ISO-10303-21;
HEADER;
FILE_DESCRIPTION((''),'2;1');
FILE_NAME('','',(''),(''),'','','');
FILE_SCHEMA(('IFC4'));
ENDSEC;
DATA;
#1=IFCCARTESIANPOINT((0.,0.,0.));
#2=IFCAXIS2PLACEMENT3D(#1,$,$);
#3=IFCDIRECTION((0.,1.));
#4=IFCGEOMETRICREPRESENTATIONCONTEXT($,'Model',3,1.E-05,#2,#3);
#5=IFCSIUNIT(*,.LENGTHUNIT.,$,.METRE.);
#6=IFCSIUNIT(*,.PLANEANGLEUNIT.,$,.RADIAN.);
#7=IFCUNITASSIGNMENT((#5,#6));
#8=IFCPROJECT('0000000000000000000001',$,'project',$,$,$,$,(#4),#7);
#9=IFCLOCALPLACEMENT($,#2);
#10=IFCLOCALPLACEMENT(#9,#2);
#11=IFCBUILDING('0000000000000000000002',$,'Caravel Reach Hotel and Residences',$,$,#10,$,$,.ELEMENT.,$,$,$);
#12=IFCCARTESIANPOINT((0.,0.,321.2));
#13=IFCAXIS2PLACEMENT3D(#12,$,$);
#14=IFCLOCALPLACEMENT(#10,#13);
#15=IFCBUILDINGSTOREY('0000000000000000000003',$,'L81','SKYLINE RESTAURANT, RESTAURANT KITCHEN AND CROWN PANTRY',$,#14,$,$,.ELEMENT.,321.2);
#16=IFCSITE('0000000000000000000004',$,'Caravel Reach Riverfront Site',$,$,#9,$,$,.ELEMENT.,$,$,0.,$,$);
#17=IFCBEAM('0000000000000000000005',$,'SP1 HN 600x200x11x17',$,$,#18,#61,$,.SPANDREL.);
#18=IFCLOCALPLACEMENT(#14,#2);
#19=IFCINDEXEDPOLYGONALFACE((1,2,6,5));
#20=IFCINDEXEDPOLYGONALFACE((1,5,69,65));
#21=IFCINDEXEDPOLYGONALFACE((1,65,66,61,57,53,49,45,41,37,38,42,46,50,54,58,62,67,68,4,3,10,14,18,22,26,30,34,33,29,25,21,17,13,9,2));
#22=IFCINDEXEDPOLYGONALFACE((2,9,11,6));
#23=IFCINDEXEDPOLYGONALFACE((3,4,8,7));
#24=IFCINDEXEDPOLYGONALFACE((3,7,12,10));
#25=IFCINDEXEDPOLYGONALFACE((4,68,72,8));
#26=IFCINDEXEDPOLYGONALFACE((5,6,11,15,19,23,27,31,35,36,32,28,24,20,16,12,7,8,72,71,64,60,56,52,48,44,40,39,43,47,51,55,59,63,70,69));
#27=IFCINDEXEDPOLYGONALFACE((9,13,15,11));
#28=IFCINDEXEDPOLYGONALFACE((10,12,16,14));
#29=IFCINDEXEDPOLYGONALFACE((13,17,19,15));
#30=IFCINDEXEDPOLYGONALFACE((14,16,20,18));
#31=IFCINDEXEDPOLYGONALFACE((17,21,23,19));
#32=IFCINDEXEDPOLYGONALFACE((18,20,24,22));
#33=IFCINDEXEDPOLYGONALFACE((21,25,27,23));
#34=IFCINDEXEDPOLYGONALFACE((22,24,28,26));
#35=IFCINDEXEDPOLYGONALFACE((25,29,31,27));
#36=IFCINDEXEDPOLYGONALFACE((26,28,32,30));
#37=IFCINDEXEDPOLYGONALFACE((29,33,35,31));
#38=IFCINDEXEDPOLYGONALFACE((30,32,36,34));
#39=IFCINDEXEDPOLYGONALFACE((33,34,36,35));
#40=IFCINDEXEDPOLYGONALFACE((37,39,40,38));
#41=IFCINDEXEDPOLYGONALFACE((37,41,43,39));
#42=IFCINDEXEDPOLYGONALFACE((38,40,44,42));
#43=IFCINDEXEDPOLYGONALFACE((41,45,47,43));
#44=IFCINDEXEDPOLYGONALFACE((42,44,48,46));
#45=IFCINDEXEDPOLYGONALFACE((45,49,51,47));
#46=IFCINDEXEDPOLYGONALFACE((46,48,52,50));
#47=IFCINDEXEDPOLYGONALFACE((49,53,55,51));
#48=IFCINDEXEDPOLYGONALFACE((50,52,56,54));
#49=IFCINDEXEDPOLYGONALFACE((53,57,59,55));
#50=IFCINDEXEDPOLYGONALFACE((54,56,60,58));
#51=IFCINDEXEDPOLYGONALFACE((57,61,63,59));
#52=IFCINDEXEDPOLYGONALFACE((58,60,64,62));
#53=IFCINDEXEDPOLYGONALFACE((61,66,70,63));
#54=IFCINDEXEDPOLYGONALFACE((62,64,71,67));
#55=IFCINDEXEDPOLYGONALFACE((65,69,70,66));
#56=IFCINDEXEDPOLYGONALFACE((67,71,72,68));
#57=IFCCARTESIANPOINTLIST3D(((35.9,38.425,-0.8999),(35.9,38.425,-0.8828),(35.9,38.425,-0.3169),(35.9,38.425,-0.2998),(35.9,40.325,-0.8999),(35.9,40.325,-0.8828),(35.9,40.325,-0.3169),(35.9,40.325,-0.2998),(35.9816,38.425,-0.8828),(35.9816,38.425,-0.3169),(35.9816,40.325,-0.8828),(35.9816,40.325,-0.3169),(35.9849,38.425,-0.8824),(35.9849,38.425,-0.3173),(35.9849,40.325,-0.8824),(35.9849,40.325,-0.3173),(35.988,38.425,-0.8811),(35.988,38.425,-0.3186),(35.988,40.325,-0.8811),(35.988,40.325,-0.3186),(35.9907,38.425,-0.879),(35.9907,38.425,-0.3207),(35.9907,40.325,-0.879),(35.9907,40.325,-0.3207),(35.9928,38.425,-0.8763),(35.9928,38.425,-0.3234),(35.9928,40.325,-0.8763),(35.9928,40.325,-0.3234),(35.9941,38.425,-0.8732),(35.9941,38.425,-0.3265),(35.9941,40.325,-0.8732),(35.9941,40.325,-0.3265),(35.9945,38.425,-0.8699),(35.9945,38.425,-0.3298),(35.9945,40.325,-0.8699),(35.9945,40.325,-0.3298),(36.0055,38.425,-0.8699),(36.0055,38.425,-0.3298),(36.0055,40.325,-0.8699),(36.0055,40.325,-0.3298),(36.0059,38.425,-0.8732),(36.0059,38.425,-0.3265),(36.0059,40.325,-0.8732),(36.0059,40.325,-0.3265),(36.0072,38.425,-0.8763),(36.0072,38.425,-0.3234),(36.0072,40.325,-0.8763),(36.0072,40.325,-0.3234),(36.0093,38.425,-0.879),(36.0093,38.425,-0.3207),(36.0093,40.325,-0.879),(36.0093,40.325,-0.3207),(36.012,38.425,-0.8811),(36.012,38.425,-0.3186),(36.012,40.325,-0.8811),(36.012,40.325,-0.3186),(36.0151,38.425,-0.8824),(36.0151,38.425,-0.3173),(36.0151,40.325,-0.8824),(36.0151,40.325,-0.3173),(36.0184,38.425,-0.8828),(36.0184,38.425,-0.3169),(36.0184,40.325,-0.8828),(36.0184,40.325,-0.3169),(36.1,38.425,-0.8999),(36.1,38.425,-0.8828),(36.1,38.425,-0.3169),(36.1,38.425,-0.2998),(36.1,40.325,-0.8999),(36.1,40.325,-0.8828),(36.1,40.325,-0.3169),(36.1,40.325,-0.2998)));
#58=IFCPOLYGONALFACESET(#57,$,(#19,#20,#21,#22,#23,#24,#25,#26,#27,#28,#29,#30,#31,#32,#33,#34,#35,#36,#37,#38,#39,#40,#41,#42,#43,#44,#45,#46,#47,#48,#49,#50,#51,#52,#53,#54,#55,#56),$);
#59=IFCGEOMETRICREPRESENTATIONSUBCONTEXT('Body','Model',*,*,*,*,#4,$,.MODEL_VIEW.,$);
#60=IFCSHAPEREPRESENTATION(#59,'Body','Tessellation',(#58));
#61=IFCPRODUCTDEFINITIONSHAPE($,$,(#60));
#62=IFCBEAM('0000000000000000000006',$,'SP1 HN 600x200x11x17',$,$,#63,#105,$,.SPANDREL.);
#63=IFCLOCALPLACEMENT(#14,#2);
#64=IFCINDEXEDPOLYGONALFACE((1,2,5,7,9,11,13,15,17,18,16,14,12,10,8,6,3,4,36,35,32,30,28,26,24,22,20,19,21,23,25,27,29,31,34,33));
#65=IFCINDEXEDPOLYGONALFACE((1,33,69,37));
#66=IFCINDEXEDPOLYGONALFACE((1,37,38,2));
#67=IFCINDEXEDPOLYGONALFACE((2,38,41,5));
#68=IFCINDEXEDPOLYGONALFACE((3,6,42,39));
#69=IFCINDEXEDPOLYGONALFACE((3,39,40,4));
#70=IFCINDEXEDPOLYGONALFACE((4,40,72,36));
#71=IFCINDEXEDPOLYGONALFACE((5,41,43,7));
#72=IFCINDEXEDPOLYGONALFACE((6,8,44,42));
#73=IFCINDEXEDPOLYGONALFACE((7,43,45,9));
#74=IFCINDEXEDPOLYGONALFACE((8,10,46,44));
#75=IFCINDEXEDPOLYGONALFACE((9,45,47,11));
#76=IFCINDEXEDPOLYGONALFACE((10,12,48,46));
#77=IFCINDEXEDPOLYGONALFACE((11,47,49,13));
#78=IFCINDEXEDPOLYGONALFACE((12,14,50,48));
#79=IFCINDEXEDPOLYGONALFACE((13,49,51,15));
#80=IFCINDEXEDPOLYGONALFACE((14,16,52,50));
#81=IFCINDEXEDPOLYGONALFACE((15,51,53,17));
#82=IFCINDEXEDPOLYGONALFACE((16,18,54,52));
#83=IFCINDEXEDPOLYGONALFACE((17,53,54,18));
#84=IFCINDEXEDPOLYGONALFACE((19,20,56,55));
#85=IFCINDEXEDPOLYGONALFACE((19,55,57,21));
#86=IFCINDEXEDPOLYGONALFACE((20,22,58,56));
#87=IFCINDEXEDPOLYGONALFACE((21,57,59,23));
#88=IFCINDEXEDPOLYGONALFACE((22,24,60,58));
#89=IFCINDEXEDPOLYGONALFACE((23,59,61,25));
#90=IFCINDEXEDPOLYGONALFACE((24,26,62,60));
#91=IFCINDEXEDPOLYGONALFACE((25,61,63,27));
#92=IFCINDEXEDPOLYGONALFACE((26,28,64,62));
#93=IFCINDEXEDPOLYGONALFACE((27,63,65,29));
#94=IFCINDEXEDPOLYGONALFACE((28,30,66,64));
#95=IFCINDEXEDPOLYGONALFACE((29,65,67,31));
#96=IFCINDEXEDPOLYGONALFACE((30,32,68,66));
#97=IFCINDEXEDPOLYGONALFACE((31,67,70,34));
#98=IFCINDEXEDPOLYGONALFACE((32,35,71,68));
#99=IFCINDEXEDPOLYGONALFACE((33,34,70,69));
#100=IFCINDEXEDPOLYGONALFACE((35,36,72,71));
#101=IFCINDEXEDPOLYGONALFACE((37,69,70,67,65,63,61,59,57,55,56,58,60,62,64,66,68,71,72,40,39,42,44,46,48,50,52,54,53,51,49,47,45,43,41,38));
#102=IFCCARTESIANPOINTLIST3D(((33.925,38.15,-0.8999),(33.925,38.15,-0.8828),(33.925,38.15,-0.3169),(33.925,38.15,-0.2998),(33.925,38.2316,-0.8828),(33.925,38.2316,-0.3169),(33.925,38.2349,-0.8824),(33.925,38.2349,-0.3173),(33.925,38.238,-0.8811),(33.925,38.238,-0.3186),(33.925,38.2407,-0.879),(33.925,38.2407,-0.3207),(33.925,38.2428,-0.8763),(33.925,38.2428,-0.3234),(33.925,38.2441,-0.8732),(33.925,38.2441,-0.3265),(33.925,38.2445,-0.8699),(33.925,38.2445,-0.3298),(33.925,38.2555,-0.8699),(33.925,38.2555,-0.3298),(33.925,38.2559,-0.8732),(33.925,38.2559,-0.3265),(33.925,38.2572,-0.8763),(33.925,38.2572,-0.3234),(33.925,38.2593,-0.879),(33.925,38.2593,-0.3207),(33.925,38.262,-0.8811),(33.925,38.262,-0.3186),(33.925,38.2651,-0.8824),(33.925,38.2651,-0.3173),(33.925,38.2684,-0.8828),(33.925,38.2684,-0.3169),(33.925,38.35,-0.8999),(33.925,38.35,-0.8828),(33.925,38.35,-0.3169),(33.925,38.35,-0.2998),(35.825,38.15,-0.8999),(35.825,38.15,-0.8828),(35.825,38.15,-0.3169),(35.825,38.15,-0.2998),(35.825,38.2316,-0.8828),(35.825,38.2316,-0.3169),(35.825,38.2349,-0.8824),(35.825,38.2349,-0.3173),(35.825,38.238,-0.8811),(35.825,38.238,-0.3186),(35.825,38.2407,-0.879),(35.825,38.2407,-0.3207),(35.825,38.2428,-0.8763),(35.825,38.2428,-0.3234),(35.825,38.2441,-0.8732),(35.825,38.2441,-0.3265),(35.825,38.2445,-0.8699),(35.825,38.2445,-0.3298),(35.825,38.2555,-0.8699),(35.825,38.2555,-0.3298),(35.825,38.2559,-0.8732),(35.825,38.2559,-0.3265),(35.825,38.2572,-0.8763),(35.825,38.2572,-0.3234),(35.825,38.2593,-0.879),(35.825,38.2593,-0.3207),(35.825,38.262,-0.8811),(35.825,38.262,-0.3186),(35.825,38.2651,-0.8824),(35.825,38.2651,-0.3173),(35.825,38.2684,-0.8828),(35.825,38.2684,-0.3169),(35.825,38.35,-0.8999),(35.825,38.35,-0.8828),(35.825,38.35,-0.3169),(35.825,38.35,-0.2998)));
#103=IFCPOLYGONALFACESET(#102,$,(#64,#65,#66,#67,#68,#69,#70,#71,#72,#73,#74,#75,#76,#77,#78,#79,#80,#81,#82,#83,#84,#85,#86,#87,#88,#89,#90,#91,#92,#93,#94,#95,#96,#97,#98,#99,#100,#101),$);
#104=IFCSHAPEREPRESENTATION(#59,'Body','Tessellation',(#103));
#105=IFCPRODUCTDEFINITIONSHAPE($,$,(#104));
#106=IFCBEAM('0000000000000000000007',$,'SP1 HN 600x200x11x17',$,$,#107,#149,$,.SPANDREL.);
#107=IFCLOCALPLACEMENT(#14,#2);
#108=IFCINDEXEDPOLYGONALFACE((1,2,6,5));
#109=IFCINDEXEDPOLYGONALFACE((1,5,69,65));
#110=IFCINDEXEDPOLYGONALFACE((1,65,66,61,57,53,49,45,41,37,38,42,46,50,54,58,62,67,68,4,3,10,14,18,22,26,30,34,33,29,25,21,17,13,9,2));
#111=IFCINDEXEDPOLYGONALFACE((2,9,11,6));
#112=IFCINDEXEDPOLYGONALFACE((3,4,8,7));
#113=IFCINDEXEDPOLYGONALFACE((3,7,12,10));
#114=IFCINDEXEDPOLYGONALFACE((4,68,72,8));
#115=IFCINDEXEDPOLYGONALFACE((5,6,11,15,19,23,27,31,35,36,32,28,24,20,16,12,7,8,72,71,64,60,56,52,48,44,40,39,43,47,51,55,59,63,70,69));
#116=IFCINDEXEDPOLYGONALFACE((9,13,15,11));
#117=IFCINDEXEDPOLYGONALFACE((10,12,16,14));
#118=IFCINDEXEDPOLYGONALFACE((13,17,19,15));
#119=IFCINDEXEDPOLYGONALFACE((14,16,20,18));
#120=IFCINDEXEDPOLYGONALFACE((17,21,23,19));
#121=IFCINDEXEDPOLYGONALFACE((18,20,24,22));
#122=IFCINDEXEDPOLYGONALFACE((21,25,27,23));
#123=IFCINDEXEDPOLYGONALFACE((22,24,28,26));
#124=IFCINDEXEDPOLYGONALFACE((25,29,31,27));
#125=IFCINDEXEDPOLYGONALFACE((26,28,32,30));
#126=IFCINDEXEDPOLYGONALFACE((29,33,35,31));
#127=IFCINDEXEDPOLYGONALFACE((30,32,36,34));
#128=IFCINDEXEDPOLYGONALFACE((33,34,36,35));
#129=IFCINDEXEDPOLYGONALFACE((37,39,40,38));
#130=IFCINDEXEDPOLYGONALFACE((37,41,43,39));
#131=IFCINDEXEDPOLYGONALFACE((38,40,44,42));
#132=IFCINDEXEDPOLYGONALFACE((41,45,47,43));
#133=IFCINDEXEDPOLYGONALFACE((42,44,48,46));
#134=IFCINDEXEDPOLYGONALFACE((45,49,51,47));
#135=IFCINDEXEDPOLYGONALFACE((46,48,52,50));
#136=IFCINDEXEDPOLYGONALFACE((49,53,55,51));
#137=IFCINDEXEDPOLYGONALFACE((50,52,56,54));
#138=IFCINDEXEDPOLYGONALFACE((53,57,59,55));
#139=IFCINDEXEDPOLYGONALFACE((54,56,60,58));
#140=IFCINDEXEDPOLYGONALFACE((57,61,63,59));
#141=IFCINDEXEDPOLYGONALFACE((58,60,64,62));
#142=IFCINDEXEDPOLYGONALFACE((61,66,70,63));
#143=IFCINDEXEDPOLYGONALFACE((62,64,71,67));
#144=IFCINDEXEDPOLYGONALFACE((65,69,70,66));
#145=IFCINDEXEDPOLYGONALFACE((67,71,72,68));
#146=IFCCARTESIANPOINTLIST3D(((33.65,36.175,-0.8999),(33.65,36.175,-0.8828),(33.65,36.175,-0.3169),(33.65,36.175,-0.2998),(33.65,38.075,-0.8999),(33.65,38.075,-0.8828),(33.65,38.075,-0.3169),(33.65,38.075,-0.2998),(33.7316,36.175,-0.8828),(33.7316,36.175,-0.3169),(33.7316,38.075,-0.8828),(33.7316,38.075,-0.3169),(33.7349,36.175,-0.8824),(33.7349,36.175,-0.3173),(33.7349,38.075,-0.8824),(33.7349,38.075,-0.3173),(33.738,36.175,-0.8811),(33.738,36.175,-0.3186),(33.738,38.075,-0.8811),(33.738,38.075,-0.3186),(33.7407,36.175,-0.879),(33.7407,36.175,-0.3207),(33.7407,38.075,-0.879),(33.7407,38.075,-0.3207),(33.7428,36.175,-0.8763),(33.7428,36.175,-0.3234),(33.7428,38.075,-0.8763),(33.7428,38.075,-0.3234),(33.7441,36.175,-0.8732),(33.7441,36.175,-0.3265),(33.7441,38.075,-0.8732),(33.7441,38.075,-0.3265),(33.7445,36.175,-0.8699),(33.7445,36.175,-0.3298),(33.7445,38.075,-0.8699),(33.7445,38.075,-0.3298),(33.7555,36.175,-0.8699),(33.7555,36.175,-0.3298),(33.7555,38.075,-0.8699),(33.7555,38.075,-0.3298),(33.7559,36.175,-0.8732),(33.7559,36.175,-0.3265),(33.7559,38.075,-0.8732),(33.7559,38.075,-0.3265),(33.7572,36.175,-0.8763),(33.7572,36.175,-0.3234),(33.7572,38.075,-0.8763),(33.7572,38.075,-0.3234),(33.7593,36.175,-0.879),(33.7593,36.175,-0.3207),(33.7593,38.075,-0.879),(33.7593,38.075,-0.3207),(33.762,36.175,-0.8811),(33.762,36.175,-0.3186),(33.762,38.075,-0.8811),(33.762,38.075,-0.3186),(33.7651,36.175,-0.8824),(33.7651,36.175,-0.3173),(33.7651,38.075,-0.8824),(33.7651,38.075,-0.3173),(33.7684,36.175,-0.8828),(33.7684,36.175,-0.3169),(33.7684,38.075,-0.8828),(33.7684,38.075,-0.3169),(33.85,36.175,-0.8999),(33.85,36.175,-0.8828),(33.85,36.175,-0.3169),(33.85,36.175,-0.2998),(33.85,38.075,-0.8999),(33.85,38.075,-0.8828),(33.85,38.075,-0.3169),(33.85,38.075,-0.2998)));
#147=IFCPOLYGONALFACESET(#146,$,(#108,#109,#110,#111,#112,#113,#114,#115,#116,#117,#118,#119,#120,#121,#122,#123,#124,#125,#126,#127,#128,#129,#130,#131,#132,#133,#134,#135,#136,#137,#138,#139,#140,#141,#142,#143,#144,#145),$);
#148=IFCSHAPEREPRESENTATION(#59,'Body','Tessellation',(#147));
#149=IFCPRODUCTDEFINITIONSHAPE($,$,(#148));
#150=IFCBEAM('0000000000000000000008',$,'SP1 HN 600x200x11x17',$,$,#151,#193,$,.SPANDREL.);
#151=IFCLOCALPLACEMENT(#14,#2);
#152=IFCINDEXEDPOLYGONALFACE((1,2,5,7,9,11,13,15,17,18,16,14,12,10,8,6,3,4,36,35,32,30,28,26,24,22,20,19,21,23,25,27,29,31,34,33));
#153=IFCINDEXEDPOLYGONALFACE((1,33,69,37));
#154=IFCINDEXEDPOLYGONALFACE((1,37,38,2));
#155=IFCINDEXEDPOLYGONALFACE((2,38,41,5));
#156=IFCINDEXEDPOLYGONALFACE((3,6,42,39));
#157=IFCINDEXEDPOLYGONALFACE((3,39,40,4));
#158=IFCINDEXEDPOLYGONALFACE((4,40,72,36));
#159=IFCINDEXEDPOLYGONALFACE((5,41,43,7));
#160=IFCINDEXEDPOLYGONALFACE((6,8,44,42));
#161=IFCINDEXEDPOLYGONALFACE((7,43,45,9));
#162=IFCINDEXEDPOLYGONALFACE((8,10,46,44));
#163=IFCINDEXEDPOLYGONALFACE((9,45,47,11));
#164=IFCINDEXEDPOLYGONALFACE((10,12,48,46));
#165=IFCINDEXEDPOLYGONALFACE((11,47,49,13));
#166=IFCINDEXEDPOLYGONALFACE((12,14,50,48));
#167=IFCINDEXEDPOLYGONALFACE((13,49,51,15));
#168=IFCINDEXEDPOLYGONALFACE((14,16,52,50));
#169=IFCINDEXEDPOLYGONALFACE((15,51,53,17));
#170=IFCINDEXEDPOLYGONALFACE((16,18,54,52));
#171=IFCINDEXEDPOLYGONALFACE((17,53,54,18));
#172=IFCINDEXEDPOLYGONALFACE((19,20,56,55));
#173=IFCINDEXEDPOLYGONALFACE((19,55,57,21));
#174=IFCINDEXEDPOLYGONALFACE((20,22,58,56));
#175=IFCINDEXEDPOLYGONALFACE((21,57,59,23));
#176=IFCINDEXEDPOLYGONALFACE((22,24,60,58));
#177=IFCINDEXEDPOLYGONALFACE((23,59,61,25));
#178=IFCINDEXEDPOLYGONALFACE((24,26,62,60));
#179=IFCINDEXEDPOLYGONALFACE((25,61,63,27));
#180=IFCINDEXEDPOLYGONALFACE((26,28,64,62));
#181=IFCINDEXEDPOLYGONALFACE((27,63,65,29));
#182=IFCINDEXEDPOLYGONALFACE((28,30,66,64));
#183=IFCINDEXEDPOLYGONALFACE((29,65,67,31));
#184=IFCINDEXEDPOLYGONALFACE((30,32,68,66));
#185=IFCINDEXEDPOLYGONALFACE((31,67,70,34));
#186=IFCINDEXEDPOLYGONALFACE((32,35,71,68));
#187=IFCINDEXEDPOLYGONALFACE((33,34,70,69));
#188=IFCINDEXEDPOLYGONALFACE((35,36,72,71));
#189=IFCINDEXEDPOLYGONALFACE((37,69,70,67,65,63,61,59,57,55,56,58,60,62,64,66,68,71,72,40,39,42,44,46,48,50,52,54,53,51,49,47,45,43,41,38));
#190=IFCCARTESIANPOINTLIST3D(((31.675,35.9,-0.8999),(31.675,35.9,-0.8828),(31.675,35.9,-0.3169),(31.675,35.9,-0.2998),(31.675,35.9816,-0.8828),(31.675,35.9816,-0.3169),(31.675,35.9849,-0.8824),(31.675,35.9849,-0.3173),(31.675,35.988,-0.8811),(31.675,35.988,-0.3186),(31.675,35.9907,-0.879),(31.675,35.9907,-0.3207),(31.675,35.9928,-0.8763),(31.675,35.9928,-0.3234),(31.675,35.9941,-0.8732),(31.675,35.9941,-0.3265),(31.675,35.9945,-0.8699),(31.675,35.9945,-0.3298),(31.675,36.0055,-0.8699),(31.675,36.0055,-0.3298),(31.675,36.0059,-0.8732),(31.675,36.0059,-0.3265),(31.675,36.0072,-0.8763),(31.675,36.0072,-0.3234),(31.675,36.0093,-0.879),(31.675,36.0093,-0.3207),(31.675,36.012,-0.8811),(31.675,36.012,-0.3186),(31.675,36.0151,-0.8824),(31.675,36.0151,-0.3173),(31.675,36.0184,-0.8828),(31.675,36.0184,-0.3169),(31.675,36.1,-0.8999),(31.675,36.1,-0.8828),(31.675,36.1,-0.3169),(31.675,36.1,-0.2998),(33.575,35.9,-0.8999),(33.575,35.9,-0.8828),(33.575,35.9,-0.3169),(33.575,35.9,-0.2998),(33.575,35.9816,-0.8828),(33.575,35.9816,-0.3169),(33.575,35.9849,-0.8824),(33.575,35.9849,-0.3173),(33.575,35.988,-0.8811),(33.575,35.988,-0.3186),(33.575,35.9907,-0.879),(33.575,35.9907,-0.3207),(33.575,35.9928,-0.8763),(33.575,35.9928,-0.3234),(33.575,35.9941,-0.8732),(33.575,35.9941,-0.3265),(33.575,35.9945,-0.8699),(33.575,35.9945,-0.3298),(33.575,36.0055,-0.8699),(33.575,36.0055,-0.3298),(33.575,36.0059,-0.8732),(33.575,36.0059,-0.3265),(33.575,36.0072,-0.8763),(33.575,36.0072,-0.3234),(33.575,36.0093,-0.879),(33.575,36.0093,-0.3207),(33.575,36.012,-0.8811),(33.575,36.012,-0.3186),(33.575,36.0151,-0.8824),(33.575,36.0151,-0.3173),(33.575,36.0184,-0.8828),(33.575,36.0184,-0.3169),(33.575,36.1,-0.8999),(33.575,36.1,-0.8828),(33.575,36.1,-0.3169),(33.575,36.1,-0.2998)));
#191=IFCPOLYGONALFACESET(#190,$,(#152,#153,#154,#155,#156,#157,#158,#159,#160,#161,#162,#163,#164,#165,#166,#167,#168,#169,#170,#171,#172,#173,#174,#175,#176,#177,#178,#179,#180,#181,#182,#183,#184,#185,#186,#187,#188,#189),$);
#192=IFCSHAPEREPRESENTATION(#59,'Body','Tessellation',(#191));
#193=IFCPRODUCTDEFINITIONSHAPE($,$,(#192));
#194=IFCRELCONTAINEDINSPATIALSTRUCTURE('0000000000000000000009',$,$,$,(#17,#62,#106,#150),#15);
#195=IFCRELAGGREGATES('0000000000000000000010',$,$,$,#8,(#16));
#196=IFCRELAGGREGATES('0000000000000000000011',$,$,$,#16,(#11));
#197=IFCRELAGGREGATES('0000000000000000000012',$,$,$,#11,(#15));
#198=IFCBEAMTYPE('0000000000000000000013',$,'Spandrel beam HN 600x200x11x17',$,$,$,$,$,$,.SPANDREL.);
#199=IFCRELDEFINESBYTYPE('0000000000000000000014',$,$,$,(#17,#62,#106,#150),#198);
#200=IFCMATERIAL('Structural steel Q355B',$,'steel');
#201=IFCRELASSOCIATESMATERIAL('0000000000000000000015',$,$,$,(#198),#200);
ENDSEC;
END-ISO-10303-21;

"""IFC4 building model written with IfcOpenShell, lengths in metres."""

from ifc_helpers import new_model, si_unit, direction, frame, origin, origin_2d, place, context, subcontext, project, spatial, i_section, extrude, material, material_profile, profile_set, type_object, element, save


model = new_model("IFC4")

# Units and contexts
model_context = context("Model", 3, precision=1e-05, world=origin(), true_north=direction((0.0, 1.0)))
body_context = subcontext(model_context, "Body", "Model", "MODEL_VIEW")
ifc_project = project(units=[si_unit("LENGTHUNIT", "METRE"), si_unit("PLANEANGLEUNIT", "RADIAN")], contexts=[model_context])

# Site, building, storey
site_placement = place(None, origin())
site = spatial("IfcSite", under=ifc_project, at=site_placement, Name="Caravel Reach Riverfront Site", CompositionType="ELEMENT", RefElevation=0.0)
building_placement = place(site_placement, origin())
building = spatial("IfcBuilding", under=site, at=building_placement, Name="Caravel Reach Hotel and Residences", CompositionType="ELEMENT")
storey_placement = place(building_placement, frame((0.0, 0.0, 321.2)))
storey = spatial("IfcBuildingStorey", under=building, at=storey_placement, Name="L81", Description="SKYLINE RESTAURANT, RESTAURANT KITCHEN AND CROWN PANTRY", CompositionType="ELEMENT", Elevation=321.2)

# Beams
ifc_material_1 = material(Name="Structural steel Q355B", Category="steel")
ifc_material_profile_1 = material_profile(ifc_material_1, i_section(OverallWidth=0.2, OverallDepth=0.6001, WebThickness=0.011, FlangeThickness=0.0171, FilletRadius=0.0129, at=origin_2d()), Name="HN 600x200x11x17")
ifc_profile_set_1 = profile_set([ifc_material_profile_1], Name="Structural steel Q355B")
beam_type_1 = type_object("IfcBeamType", Name="Spandrel beam HN 600x200x11x17", PredefinedType="SPANDREL", material=ifc_profile_set_1)
for number, where, z_axis, x_axis, name in (
    (1, (36.0, 40.325, -0.5999), (0.0, -1.0, 0.0), (1.0, 0.0, 0.0), "SP1 HN 600x200x11x17"),
    (2, (35.825, 38.25, -0.5999), (-1.0, 0.0, 0.0), (0.0, -1.0, 0.0), "SP1 HN 600x200x11x17"),
    (3, (33.75, 38.075, -0.5999), (0.0, -1.0, 0.0), (1.0, 0.0, 0.0), "SP1 HN 600x200x11x17"),
    (4, (33.575, 36.0, -0.5999), (-1.0, 0.0, 0.0), (0.0, -1.0, 0.0), "SP1 HN 600x200x11x17"),
):
    element("IfcBeam", number, at=place(storey_placement, frame(where, z_axis=z_axis, x_axis=x_axis)), inside=storey, type_object=beam_type_1, Name=name, PredefinedType="SPANDREL", context=body_context, shape_type="SweptSolid", body=[
        extrude(i_section(OverallWidth=0.2, OverallDepth=0.6001, WebThickness=0.011, FlangeThickness=0.0171, FilletRadius=0.0129, at=origin_2d()), origin(), (0.0, 0.0, 1.0), 1.8999),
    ])

save(model, "model.ifc")
